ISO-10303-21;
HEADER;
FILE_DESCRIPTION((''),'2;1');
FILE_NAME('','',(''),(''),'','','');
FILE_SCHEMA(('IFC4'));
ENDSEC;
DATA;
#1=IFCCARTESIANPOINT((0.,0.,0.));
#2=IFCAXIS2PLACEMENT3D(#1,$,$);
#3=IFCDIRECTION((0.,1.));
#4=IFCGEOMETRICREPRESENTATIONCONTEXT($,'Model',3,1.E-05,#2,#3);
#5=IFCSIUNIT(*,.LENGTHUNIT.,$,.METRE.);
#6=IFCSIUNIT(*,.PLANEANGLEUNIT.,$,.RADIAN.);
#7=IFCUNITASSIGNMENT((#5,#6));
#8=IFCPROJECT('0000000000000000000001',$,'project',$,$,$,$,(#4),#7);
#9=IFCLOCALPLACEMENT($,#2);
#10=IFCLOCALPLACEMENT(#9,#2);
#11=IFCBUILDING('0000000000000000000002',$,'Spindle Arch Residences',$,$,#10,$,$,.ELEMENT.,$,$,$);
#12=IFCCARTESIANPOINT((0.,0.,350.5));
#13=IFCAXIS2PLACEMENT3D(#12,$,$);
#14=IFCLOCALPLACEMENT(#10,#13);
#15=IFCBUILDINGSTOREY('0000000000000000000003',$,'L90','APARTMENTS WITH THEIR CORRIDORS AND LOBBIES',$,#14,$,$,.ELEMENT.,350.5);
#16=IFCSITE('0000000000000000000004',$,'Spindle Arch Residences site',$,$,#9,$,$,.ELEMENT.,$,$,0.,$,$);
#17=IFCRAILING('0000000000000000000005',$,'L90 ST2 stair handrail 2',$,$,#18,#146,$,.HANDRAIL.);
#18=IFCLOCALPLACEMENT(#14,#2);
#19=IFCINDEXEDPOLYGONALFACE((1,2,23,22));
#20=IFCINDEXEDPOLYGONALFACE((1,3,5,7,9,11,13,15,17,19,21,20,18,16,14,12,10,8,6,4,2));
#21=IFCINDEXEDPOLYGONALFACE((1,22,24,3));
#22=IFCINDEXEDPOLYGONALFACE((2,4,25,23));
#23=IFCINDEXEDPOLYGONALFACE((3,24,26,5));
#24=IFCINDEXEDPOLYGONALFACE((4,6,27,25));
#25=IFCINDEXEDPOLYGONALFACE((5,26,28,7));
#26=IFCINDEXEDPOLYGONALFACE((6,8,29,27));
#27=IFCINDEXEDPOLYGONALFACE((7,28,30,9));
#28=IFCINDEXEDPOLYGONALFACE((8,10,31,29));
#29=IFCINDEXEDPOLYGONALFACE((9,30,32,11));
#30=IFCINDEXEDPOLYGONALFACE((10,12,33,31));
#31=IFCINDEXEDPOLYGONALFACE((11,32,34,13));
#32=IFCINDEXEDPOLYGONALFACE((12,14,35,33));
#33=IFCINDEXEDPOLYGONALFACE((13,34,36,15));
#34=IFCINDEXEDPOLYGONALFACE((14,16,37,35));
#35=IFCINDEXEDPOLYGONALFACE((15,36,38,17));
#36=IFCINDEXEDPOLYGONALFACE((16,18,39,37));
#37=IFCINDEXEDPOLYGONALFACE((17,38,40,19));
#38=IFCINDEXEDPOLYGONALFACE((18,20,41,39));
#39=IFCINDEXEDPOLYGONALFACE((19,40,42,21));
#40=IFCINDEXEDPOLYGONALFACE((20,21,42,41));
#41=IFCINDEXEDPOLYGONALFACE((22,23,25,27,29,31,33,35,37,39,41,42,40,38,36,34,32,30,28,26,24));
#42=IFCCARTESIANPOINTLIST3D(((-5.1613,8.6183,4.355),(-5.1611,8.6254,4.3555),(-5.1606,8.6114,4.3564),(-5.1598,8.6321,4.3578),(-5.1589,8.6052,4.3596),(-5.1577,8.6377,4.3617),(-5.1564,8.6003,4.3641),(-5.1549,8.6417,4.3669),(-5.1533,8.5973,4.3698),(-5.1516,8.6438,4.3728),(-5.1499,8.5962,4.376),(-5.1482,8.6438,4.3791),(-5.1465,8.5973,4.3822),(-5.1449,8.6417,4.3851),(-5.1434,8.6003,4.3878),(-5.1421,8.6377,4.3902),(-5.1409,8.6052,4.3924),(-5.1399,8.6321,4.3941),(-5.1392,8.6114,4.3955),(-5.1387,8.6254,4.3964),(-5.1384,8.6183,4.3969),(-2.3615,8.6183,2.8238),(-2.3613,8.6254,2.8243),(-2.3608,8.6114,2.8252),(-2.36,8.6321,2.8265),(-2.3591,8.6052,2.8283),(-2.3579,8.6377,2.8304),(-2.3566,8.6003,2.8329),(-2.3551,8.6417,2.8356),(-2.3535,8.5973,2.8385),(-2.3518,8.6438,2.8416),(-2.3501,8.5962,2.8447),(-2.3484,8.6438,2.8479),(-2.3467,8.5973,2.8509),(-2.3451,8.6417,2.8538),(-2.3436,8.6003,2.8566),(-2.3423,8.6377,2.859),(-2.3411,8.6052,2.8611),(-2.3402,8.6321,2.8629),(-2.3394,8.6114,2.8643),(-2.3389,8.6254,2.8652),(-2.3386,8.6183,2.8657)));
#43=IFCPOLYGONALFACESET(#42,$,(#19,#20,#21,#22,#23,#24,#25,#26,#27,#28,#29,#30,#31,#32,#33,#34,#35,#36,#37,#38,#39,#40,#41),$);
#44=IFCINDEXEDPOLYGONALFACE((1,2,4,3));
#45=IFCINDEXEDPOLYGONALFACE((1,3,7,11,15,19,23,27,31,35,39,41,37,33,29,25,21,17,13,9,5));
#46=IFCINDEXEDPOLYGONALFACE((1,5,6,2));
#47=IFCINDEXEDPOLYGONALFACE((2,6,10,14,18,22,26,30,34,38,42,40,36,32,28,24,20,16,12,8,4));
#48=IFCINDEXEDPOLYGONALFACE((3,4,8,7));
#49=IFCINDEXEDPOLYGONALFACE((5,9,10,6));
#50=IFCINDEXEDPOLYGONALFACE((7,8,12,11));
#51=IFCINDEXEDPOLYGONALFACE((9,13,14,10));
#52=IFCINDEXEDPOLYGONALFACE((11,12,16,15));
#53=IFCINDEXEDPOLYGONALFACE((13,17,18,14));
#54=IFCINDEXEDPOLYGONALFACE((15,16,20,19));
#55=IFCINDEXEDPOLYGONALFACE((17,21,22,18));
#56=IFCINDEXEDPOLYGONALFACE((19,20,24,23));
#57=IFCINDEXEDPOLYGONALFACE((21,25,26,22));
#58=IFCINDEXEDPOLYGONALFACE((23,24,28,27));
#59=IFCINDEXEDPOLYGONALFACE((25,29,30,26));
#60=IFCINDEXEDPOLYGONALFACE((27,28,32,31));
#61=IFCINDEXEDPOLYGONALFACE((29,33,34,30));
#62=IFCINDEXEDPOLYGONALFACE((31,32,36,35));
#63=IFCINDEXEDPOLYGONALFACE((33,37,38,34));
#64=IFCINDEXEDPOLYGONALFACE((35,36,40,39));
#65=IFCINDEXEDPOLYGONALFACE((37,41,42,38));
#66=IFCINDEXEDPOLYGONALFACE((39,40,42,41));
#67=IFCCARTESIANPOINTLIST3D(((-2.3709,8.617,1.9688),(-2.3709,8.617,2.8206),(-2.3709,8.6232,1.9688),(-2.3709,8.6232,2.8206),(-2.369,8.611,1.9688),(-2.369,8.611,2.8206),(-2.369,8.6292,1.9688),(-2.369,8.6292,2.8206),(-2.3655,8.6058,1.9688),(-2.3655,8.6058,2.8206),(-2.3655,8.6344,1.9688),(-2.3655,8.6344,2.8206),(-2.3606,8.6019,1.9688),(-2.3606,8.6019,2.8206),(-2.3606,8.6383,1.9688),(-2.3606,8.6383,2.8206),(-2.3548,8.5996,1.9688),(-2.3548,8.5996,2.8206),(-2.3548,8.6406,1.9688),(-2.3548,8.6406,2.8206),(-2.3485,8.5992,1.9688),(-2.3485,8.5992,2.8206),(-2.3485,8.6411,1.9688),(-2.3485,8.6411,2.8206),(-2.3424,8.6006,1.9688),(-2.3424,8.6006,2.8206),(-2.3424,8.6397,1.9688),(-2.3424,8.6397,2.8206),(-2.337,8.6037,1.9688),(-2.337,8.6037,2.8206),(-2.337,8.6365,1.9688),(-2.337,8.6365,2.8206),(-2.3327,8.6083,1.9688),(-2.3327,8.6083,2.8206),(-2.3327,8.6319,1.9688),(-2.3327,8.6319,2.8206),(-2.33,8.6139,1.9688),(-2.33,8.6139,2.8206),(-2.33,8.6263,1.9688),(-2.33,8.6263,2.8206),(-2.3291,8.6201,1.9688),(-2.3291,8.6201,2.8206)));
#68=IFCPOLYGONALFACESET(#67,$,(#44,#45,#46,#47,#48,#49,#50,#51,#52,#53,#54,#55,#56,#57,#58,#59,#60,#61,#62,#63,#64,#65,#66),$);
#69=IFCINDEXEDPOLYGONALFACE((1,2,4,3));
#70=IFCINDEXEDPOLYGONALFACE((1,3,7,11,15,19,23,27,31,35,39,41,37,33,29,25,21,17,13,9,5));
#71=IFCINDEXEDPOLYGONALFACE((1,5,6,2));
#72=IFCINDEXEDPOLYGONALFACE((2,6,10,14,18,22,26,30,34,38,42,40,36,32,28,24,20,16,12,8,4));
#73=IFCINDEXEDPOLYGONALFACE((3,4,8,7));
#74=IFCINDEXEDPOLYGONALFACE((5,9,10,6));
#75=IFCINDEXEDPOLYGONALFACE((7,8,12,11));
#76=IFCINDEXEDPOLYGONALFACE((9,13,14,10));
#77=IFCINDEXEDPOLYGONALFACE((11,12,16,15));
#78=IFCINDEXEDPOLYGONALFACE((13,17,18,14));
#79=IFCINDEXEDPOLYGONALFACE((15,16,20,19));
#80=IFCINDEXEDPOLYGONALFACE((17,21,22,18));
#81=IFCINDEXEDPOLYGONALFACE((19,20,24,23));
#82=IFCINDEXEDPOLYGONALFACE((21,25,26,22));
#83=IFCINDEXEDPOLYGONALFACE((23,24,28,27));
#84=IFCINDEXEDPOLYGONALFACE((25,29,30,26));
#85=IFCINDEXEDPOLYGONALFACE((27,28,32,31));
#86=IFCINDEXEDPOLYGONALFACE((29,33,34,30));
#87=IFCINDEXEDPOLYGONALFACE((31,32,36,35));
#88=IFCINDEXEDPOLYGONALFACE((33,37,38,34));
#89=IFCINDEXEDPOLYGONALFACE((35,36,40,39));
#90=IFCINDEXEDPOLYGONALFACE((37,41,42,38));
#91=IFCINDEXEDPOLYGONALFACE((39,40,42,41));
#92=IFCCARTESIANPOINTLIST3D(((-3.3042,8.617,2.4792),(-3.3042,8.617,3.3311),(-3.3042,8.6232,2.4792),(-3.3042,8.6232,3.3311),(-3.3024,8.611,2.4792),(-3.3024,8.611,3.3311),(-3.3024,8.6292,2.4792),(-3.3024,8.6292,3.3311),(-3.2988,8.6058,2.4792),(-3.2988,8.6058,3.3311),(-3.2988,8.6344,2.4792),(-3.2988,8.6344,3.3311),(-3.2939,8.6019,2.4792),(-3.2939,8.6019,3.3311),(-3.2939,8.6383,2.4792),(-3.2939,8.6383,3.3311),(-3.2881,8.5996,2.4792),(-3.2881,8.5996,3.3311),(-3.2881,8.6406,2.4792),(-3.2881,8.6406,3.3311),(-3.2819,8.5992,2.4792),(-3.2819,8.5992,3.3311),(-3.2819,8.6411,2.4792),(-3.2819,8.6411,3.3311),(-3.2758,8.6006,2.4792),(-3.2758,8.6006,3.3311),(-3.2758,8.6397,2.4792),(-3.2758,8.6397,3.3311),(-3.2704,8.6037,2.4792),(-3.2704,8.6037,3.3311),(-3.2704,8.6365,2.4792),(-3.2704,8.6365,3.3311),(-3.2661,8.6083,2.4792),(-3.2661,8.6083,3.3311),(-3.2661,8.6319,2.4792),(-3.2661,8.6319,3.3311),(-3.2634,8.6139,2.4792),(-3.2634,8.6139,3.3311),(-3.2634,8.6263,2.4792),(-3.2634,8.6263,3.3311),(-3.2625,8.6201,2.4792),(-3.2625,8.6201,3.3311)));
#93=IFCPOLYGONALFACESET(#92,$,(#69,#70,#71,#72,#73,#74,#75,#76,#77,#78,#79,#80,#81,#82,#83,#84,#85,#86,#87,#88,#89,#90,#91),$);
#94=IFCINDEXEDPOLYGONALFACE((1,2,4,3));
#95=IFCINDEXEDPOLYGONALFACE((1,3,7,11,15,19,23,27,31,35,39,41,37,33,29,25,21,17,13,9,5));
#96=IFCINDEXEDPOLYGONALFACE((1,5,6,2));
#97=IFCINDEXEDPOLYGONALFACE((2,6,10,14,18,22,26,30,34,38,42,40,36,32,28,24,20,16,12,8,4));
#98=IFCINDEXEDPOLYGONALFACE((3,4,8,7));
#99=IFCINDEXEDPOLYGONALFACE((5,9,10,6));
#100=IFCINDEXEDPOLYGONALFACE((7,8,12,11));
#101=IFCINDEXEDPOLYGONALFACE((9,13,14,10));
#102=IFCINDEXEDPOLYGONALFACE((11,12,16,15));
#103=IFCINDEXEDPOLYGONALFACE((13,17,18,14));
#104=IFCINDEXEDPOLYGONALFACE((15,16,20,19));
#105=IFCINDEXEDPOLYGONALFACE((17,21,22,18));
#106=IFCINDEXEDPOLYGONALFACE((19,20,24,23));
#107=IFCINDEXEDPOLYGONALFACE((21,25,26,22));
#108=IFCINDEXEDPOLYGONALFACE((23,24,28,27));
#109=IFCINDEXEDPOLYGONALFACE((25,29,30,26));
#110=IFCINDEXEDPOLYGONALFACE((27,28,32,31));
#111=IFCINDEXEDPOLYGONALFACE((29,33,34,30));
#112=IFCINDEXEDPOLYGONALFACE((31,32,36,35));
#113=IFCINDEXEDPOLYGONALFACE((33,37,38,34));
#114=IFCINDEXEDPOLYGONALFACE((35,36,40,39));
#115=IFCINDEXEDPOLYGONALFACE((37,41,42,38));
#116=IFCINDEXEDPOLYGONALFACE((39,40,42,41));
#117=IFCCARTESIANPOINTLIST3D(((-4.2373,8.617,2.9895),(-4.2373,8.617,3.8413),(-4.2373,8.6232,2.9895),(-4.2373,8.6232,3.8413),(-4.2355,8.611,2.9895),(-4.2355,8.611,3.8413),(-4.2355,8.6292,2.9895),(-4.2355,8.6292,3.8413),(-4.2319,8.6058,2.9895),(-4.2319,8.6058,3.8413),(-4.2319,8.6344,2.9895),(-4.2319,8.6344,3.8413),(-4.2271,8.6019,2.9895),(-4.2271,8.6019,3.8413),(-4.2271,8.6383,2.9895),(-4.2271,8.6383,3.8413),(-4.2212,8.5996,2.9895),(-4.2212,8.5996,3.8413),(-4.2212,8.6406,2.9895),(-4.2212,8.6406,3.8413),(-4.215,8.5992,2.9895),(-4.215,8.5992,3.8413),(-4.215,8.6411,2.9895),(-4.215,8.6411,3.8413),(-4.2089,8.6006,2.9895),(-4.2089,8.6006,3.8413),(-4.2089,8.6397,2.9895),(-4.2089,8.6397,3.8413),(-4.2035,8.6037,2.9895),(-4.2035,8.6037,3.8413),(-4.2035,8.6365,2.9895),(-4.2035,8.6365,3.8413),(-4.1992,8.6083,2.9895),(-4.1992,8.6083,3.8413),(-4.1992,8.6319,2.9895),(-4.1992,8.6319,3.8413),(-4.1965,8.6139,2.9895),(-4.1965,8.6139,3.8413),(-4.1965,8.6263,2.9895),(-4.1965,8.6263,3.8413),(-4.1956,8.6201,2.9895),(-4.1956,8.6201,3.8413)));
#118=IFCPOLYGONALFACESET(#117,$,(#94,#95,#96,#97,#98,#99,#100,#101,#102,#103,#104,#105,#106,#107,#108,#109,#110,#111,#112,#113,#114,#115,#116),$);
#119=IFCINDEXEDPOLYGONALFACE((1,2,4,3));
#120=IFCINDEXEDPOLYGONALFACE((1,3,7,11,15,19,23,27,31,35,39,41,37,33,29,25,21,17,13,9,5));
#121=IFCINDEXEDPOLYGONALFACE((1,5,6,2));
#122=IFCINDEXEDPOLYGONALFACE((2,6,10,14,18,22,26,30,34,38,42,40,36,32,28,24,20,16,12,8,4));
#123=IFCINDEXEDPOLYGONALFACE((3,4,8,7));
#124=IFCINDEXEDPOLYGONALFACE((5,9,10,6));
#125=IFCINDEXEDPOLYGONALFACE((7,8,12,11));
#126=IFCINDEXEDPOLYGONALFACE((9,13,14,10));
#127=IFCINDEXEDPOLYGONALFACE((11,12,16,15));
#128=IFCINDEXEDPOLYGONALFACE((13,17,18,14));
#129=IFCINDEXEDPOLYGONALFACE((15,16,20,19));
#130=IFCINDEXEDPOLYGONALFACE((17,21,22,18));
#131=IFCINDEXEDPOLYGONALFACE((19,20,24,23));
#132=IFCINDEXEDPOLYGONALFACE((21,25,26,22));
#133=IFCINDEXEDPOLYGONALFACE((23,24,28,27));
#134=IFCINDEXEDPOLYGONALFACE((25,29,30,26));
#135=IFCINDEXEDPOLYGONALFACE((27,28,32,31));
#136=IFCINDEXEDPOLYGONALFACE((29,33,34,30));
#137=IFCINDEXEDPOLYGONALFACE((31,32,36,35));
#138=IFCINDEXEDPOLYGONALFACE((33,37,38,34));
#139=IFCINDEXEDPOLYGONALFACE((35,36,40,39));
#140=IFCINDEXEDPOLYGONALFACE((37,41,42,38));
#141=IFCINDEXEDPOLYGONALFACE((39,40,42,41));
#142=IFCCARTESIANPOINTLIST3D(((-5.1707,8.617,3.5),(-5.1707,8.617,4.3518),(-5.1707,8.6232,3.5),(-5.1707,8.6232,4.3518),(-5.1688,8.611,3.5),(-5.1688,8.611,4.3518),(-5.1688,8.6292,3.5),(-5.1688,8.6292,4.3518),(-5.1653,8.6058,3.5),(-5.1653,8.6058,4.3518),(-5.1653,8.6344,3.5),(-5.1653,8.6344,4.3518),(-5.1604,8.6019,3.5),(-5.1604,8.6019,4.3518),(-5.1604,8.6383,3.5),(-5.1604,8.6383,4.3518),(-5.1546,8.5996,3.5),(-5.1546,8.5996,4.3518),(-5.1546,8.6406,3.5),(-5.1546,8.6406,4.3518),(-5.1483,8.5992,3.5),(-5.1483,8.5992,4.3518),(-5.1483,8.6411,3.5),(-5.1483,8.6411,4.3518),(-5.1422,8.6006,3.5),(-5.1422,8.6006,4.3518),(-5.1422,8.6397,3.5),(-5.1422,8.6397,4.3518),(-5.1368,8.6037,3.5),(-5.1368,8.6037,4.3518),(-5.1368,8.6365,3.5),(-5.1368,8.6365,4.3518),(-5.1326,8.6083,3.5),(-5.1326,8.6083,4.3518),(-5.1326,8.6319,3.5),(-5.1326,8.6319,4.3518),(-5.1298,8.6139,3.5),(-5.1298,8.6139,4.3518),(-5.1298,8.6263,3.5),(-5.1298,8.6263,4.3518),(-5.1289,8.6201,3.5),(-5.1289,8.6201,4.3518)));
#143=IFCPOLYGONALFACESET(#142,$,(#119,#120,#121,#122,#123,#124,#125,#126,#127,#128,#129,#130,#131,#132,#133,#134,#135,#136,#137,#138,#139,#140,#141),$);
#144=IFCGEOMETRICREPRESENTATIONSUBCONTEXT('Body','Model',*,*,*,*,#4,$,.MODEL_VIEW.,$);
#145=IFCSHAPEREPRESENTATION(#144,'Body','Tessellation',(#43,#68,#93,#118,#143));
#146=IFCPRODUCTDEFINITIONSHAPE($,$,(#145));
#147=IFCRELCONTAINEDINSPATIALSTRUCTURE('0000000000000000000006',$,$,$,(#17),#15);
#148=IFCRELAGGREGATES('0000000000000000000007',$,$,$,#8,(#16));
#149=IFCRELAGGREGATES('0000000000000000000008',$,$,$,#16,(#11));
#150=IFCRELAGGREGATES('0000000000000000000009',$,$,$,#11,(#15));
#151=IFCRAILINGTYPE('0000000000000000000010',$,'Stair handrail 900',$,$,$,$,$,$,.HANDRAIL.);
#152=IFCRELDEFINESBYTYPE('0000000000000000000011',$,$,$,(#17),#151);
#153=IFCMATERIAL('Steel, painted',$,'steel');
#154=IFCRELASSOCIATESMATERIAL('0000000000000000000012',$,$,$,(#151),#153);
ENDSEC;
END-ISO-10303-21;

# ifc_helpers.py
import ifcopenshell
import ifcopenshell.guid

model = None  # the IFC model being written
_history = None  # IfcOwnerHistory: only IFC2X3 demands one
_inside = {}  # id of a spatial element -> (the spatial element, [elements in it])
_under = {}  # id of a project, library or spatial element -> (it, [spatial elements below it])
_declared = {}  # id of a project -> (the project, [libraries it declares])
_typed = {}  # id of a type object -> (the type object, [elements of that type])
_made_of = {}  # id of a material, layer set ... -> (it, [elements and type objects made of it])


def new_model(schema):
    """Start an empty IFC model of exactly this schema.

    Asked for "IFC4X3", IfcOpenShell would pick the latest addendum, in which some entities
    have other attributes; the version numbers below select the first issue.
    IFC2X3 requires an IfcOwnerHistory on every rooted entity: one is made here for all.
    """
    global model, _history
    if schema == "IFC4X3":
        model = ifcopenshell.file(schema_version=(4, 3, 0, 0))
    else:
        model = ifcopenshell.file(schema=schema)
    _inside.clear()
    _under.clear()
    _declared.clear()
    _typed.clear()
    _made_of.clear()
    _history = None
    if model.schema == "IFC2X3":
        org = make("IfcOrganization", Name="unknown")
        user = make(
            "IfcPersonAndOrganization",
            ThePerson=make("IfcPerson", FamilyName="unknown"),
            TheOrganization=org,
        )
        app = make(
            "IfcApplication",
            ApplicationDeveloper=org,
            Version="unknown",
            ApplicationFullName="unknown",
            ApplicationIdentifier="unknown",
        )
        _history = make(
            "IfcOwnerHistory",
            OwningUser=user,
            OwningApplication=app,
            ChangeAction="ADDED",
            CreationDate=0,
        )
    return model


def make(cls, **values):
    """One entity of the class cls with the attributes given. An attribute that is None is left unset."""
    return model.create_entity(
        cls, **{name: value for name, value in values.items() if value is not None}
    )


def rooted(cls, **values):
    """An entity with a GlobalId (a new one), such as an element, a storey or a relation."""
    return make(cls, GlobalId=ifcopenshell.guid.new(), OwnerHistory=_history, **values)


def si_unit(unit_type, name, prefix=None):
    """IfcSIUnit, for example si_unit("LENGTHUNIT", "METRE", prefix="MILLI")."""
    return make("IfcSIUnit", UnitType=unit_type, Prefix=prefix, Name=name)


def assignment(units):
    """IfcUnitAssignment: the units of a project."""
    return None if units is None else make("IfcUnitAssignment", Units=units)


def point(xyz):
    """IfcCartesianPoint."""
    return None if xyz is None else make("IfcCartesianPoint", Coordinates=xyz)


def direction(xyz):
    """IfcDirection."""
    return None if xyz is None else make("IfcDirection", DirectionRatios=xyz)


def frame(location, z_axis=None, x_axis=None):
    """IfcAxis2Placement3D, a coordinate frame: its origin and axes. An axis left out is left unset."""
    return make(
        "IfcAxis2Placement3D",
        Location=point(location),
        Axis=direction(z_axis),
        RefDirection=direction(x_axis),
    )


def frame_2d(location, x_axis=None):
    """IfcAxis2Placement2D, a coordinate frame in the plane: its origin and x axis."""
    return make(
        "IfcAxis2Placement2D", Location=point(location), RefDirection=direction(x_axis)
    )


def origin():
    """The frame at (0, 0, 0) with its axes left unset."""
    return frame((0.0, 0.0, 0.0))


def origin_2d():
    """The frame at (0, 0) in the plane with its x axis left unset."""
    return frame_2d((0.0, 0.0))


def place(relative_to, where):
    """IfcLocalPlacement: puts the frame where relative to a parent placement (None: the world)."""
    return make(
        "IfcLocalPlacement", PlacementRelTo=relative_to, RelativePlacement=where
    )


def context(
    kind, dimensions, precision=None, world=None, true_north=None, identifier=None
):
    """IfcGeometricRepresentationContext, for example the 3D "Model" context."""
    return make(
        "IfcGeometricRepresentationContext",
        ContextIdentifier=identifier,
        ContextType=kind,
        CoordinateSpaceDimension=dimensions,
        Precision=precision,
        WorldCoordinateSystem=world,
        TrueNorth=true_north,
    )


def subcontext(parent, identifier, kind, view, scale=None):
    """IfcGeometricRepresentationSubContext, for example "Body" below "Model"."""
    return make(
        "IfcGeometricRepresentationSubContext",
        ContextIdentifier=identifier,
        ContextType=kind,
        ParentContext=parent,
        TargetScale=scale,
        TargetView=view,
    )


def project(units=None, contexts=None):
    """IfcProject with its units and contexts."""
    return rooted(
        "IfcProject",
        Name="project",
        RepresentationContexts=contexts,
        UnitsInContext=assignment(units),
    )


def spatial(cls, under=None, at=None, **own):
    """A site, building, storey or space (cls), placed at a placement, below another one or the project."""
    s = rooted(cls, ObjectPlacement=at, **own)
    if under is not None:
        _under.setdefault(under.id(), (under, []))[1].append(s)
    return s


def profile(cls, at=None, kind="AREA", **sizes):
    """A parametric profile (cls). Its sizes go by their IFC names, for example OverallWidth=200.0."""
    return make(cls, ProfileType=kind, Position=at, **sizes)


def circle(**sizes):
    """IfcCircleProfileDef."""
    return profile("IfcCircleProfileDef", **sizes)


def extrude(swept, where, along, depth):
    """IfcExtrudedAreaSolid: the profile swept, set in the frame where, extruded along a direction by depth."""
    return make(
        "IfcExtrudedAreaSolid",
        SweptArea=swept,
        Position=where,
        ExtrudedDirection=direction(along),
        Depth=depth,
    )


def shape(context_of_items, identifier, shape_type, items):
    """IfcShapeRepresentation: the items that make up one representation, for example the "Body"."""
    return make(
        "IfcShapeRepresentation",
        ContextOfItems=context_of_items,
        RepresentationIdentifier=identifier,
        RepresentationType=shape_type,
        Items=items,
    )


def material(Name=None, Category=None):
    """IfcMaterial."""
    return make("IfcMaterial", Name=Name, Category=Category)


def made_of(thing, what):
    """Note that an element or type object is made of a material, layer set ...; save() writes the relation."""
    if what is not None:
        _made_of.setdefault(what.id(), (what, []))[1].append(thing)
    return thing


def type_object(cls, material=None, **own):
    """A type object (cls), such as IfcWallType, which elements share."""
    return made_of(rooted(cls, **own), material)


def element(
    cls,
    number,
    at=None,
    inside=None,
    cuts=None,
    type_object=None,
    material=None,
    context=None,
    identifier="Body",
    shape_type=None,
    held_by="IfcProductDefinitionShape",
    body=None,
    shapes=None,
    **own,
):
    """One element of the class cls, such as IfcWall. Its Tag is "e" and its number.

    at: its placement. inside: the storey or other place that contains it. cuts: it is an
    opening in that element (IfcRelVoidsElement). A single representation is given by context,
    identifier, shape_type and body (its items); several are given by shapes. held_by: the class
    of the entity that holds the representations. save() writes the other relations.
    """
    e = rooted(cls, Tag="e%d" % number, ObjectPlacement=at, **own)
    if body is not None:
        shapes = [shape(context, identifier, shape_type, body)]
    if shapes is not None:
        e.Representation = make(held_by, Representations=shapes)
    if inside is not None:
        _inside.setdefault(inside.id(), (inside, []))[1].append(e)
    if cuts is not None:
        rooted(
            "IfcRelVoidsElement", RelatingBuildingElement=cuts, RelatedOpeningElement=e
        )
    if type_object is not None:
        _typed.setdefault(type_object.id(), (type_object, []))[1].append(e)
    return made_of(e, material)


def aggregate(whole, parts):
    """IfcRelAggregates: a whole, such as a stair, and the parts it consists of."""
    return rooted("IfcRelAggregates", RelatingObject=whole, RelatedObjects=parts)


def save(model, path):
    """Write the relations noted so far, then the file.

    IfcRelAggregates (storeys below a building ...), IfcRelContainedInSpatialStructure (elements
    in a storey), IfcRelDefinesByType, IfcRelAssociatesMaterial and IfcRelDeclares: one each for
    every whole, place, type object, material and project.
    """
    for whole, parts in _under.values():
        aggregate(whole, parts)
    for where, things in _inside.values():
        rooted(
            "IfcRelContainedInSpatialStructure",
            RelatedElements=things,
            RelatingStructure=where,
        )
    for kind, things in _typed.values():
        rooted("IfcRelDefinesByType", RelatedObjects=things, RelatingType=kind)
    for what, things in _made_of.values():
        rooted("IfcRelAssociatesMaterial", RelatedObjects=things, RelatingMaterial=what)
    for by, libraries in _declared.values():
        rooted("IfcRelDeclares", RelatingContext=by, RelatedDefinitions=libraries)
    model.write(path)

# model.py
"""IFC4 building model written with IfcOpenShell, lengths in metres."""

from ifc_helpers import new_model, si_unit, direction, frame, origin, origin_2d, place, context, subcontext, project, spatial, circle, extrude, material, type_object, element, save


model = new_model("IFC4")

# Units and contexts
model_context = context("Model", 3, precision=1e-05, world=origin(), true_north=direction((0.0, 1.0)))
body_context = subcontext(model_context, "Body", "Model", "MODEL_VIEW")
ifc_project = project(units=[si_unit("LENGTHUNIT", "METRE"), si_unit("PLANEANGLEUNIT", "RADIAN")], contexts=[model_context])

# Site, building, storey
site_placement = place(None, origin())
site = spatial("IfcSite", under=ifc_project, at=site_placement, Name="Spindle Arch Residences site", CompositionType="ELEMENT", RefElevation=0.0)
building_placement = place(site_placement, origin())
building = spatial("IfcBuilding", under=site, at=building_placement, Name="Spindle Arch Residences", CompositionType="ELEMENT")
storey_placement = place(building_placement, frame((0.0, 0.0, 350.5)))
storey = spatial("IfcBuildingStorey", under=building, at=storey_placement, Name="L90", Description="APARTMENTS WITH THEIR CORRIDORS AND LOBBIES", CompositionType="ELEMENT", Elevation=350.5)

# Railing
ifc_material_1 = material(Name="Steel, painted", Category="steel")
railing_type_1 = type_object("IfcRailingType", Name="Stair handrail 900", PredefinedType="HANDRAIL", material=ifc_material_1)
railing_1_placement = place(storey_placement, frame((-2.3501, 8.6201, 1.9688)))
element("IfcRailing", 1, at=railing_1_placement, inside=storey, type_object=railing_type_1, Name="L90 ST2 stair handrail 2", PredefinedType="HANDRAIL", context=body_context, shape_type="SweptSolid", body=[
    extrude(circle(Radius=0.0239, at=origin_2d()), frame((0.0, 0.0, 0.876), z_axis=(-0.877357, 0.0, 0.479838), x_axis=(0.0, -1.0, 0.0)), (0.0, 0.0, 1.0), 3.1912),
    extrude(circle(Radius=0.021, at=origin_2d()), origin(), (0.0, 0.0, 1.0), 0.8518),
    extrude(circle(Radius=0.021, at=origin_2d()), frame((-0.9333, 0.0, 0.5105)), (0.0, 0.0, 1.0), 0.8518),
    extrude(circle(Radius=0.021, at=origin_2d()), frame((-1.8665, 0.0, 1.0208)), (0.0, 0.0, 1.0), 0.8518),
    extrude(circle(Radius=0.021, at=origin_2d()), frame((-2.7998, 0.0, 1.5312)), (0.0, 0.0, 1.0), 0.8518),
])

save(model, "model.ifc")
